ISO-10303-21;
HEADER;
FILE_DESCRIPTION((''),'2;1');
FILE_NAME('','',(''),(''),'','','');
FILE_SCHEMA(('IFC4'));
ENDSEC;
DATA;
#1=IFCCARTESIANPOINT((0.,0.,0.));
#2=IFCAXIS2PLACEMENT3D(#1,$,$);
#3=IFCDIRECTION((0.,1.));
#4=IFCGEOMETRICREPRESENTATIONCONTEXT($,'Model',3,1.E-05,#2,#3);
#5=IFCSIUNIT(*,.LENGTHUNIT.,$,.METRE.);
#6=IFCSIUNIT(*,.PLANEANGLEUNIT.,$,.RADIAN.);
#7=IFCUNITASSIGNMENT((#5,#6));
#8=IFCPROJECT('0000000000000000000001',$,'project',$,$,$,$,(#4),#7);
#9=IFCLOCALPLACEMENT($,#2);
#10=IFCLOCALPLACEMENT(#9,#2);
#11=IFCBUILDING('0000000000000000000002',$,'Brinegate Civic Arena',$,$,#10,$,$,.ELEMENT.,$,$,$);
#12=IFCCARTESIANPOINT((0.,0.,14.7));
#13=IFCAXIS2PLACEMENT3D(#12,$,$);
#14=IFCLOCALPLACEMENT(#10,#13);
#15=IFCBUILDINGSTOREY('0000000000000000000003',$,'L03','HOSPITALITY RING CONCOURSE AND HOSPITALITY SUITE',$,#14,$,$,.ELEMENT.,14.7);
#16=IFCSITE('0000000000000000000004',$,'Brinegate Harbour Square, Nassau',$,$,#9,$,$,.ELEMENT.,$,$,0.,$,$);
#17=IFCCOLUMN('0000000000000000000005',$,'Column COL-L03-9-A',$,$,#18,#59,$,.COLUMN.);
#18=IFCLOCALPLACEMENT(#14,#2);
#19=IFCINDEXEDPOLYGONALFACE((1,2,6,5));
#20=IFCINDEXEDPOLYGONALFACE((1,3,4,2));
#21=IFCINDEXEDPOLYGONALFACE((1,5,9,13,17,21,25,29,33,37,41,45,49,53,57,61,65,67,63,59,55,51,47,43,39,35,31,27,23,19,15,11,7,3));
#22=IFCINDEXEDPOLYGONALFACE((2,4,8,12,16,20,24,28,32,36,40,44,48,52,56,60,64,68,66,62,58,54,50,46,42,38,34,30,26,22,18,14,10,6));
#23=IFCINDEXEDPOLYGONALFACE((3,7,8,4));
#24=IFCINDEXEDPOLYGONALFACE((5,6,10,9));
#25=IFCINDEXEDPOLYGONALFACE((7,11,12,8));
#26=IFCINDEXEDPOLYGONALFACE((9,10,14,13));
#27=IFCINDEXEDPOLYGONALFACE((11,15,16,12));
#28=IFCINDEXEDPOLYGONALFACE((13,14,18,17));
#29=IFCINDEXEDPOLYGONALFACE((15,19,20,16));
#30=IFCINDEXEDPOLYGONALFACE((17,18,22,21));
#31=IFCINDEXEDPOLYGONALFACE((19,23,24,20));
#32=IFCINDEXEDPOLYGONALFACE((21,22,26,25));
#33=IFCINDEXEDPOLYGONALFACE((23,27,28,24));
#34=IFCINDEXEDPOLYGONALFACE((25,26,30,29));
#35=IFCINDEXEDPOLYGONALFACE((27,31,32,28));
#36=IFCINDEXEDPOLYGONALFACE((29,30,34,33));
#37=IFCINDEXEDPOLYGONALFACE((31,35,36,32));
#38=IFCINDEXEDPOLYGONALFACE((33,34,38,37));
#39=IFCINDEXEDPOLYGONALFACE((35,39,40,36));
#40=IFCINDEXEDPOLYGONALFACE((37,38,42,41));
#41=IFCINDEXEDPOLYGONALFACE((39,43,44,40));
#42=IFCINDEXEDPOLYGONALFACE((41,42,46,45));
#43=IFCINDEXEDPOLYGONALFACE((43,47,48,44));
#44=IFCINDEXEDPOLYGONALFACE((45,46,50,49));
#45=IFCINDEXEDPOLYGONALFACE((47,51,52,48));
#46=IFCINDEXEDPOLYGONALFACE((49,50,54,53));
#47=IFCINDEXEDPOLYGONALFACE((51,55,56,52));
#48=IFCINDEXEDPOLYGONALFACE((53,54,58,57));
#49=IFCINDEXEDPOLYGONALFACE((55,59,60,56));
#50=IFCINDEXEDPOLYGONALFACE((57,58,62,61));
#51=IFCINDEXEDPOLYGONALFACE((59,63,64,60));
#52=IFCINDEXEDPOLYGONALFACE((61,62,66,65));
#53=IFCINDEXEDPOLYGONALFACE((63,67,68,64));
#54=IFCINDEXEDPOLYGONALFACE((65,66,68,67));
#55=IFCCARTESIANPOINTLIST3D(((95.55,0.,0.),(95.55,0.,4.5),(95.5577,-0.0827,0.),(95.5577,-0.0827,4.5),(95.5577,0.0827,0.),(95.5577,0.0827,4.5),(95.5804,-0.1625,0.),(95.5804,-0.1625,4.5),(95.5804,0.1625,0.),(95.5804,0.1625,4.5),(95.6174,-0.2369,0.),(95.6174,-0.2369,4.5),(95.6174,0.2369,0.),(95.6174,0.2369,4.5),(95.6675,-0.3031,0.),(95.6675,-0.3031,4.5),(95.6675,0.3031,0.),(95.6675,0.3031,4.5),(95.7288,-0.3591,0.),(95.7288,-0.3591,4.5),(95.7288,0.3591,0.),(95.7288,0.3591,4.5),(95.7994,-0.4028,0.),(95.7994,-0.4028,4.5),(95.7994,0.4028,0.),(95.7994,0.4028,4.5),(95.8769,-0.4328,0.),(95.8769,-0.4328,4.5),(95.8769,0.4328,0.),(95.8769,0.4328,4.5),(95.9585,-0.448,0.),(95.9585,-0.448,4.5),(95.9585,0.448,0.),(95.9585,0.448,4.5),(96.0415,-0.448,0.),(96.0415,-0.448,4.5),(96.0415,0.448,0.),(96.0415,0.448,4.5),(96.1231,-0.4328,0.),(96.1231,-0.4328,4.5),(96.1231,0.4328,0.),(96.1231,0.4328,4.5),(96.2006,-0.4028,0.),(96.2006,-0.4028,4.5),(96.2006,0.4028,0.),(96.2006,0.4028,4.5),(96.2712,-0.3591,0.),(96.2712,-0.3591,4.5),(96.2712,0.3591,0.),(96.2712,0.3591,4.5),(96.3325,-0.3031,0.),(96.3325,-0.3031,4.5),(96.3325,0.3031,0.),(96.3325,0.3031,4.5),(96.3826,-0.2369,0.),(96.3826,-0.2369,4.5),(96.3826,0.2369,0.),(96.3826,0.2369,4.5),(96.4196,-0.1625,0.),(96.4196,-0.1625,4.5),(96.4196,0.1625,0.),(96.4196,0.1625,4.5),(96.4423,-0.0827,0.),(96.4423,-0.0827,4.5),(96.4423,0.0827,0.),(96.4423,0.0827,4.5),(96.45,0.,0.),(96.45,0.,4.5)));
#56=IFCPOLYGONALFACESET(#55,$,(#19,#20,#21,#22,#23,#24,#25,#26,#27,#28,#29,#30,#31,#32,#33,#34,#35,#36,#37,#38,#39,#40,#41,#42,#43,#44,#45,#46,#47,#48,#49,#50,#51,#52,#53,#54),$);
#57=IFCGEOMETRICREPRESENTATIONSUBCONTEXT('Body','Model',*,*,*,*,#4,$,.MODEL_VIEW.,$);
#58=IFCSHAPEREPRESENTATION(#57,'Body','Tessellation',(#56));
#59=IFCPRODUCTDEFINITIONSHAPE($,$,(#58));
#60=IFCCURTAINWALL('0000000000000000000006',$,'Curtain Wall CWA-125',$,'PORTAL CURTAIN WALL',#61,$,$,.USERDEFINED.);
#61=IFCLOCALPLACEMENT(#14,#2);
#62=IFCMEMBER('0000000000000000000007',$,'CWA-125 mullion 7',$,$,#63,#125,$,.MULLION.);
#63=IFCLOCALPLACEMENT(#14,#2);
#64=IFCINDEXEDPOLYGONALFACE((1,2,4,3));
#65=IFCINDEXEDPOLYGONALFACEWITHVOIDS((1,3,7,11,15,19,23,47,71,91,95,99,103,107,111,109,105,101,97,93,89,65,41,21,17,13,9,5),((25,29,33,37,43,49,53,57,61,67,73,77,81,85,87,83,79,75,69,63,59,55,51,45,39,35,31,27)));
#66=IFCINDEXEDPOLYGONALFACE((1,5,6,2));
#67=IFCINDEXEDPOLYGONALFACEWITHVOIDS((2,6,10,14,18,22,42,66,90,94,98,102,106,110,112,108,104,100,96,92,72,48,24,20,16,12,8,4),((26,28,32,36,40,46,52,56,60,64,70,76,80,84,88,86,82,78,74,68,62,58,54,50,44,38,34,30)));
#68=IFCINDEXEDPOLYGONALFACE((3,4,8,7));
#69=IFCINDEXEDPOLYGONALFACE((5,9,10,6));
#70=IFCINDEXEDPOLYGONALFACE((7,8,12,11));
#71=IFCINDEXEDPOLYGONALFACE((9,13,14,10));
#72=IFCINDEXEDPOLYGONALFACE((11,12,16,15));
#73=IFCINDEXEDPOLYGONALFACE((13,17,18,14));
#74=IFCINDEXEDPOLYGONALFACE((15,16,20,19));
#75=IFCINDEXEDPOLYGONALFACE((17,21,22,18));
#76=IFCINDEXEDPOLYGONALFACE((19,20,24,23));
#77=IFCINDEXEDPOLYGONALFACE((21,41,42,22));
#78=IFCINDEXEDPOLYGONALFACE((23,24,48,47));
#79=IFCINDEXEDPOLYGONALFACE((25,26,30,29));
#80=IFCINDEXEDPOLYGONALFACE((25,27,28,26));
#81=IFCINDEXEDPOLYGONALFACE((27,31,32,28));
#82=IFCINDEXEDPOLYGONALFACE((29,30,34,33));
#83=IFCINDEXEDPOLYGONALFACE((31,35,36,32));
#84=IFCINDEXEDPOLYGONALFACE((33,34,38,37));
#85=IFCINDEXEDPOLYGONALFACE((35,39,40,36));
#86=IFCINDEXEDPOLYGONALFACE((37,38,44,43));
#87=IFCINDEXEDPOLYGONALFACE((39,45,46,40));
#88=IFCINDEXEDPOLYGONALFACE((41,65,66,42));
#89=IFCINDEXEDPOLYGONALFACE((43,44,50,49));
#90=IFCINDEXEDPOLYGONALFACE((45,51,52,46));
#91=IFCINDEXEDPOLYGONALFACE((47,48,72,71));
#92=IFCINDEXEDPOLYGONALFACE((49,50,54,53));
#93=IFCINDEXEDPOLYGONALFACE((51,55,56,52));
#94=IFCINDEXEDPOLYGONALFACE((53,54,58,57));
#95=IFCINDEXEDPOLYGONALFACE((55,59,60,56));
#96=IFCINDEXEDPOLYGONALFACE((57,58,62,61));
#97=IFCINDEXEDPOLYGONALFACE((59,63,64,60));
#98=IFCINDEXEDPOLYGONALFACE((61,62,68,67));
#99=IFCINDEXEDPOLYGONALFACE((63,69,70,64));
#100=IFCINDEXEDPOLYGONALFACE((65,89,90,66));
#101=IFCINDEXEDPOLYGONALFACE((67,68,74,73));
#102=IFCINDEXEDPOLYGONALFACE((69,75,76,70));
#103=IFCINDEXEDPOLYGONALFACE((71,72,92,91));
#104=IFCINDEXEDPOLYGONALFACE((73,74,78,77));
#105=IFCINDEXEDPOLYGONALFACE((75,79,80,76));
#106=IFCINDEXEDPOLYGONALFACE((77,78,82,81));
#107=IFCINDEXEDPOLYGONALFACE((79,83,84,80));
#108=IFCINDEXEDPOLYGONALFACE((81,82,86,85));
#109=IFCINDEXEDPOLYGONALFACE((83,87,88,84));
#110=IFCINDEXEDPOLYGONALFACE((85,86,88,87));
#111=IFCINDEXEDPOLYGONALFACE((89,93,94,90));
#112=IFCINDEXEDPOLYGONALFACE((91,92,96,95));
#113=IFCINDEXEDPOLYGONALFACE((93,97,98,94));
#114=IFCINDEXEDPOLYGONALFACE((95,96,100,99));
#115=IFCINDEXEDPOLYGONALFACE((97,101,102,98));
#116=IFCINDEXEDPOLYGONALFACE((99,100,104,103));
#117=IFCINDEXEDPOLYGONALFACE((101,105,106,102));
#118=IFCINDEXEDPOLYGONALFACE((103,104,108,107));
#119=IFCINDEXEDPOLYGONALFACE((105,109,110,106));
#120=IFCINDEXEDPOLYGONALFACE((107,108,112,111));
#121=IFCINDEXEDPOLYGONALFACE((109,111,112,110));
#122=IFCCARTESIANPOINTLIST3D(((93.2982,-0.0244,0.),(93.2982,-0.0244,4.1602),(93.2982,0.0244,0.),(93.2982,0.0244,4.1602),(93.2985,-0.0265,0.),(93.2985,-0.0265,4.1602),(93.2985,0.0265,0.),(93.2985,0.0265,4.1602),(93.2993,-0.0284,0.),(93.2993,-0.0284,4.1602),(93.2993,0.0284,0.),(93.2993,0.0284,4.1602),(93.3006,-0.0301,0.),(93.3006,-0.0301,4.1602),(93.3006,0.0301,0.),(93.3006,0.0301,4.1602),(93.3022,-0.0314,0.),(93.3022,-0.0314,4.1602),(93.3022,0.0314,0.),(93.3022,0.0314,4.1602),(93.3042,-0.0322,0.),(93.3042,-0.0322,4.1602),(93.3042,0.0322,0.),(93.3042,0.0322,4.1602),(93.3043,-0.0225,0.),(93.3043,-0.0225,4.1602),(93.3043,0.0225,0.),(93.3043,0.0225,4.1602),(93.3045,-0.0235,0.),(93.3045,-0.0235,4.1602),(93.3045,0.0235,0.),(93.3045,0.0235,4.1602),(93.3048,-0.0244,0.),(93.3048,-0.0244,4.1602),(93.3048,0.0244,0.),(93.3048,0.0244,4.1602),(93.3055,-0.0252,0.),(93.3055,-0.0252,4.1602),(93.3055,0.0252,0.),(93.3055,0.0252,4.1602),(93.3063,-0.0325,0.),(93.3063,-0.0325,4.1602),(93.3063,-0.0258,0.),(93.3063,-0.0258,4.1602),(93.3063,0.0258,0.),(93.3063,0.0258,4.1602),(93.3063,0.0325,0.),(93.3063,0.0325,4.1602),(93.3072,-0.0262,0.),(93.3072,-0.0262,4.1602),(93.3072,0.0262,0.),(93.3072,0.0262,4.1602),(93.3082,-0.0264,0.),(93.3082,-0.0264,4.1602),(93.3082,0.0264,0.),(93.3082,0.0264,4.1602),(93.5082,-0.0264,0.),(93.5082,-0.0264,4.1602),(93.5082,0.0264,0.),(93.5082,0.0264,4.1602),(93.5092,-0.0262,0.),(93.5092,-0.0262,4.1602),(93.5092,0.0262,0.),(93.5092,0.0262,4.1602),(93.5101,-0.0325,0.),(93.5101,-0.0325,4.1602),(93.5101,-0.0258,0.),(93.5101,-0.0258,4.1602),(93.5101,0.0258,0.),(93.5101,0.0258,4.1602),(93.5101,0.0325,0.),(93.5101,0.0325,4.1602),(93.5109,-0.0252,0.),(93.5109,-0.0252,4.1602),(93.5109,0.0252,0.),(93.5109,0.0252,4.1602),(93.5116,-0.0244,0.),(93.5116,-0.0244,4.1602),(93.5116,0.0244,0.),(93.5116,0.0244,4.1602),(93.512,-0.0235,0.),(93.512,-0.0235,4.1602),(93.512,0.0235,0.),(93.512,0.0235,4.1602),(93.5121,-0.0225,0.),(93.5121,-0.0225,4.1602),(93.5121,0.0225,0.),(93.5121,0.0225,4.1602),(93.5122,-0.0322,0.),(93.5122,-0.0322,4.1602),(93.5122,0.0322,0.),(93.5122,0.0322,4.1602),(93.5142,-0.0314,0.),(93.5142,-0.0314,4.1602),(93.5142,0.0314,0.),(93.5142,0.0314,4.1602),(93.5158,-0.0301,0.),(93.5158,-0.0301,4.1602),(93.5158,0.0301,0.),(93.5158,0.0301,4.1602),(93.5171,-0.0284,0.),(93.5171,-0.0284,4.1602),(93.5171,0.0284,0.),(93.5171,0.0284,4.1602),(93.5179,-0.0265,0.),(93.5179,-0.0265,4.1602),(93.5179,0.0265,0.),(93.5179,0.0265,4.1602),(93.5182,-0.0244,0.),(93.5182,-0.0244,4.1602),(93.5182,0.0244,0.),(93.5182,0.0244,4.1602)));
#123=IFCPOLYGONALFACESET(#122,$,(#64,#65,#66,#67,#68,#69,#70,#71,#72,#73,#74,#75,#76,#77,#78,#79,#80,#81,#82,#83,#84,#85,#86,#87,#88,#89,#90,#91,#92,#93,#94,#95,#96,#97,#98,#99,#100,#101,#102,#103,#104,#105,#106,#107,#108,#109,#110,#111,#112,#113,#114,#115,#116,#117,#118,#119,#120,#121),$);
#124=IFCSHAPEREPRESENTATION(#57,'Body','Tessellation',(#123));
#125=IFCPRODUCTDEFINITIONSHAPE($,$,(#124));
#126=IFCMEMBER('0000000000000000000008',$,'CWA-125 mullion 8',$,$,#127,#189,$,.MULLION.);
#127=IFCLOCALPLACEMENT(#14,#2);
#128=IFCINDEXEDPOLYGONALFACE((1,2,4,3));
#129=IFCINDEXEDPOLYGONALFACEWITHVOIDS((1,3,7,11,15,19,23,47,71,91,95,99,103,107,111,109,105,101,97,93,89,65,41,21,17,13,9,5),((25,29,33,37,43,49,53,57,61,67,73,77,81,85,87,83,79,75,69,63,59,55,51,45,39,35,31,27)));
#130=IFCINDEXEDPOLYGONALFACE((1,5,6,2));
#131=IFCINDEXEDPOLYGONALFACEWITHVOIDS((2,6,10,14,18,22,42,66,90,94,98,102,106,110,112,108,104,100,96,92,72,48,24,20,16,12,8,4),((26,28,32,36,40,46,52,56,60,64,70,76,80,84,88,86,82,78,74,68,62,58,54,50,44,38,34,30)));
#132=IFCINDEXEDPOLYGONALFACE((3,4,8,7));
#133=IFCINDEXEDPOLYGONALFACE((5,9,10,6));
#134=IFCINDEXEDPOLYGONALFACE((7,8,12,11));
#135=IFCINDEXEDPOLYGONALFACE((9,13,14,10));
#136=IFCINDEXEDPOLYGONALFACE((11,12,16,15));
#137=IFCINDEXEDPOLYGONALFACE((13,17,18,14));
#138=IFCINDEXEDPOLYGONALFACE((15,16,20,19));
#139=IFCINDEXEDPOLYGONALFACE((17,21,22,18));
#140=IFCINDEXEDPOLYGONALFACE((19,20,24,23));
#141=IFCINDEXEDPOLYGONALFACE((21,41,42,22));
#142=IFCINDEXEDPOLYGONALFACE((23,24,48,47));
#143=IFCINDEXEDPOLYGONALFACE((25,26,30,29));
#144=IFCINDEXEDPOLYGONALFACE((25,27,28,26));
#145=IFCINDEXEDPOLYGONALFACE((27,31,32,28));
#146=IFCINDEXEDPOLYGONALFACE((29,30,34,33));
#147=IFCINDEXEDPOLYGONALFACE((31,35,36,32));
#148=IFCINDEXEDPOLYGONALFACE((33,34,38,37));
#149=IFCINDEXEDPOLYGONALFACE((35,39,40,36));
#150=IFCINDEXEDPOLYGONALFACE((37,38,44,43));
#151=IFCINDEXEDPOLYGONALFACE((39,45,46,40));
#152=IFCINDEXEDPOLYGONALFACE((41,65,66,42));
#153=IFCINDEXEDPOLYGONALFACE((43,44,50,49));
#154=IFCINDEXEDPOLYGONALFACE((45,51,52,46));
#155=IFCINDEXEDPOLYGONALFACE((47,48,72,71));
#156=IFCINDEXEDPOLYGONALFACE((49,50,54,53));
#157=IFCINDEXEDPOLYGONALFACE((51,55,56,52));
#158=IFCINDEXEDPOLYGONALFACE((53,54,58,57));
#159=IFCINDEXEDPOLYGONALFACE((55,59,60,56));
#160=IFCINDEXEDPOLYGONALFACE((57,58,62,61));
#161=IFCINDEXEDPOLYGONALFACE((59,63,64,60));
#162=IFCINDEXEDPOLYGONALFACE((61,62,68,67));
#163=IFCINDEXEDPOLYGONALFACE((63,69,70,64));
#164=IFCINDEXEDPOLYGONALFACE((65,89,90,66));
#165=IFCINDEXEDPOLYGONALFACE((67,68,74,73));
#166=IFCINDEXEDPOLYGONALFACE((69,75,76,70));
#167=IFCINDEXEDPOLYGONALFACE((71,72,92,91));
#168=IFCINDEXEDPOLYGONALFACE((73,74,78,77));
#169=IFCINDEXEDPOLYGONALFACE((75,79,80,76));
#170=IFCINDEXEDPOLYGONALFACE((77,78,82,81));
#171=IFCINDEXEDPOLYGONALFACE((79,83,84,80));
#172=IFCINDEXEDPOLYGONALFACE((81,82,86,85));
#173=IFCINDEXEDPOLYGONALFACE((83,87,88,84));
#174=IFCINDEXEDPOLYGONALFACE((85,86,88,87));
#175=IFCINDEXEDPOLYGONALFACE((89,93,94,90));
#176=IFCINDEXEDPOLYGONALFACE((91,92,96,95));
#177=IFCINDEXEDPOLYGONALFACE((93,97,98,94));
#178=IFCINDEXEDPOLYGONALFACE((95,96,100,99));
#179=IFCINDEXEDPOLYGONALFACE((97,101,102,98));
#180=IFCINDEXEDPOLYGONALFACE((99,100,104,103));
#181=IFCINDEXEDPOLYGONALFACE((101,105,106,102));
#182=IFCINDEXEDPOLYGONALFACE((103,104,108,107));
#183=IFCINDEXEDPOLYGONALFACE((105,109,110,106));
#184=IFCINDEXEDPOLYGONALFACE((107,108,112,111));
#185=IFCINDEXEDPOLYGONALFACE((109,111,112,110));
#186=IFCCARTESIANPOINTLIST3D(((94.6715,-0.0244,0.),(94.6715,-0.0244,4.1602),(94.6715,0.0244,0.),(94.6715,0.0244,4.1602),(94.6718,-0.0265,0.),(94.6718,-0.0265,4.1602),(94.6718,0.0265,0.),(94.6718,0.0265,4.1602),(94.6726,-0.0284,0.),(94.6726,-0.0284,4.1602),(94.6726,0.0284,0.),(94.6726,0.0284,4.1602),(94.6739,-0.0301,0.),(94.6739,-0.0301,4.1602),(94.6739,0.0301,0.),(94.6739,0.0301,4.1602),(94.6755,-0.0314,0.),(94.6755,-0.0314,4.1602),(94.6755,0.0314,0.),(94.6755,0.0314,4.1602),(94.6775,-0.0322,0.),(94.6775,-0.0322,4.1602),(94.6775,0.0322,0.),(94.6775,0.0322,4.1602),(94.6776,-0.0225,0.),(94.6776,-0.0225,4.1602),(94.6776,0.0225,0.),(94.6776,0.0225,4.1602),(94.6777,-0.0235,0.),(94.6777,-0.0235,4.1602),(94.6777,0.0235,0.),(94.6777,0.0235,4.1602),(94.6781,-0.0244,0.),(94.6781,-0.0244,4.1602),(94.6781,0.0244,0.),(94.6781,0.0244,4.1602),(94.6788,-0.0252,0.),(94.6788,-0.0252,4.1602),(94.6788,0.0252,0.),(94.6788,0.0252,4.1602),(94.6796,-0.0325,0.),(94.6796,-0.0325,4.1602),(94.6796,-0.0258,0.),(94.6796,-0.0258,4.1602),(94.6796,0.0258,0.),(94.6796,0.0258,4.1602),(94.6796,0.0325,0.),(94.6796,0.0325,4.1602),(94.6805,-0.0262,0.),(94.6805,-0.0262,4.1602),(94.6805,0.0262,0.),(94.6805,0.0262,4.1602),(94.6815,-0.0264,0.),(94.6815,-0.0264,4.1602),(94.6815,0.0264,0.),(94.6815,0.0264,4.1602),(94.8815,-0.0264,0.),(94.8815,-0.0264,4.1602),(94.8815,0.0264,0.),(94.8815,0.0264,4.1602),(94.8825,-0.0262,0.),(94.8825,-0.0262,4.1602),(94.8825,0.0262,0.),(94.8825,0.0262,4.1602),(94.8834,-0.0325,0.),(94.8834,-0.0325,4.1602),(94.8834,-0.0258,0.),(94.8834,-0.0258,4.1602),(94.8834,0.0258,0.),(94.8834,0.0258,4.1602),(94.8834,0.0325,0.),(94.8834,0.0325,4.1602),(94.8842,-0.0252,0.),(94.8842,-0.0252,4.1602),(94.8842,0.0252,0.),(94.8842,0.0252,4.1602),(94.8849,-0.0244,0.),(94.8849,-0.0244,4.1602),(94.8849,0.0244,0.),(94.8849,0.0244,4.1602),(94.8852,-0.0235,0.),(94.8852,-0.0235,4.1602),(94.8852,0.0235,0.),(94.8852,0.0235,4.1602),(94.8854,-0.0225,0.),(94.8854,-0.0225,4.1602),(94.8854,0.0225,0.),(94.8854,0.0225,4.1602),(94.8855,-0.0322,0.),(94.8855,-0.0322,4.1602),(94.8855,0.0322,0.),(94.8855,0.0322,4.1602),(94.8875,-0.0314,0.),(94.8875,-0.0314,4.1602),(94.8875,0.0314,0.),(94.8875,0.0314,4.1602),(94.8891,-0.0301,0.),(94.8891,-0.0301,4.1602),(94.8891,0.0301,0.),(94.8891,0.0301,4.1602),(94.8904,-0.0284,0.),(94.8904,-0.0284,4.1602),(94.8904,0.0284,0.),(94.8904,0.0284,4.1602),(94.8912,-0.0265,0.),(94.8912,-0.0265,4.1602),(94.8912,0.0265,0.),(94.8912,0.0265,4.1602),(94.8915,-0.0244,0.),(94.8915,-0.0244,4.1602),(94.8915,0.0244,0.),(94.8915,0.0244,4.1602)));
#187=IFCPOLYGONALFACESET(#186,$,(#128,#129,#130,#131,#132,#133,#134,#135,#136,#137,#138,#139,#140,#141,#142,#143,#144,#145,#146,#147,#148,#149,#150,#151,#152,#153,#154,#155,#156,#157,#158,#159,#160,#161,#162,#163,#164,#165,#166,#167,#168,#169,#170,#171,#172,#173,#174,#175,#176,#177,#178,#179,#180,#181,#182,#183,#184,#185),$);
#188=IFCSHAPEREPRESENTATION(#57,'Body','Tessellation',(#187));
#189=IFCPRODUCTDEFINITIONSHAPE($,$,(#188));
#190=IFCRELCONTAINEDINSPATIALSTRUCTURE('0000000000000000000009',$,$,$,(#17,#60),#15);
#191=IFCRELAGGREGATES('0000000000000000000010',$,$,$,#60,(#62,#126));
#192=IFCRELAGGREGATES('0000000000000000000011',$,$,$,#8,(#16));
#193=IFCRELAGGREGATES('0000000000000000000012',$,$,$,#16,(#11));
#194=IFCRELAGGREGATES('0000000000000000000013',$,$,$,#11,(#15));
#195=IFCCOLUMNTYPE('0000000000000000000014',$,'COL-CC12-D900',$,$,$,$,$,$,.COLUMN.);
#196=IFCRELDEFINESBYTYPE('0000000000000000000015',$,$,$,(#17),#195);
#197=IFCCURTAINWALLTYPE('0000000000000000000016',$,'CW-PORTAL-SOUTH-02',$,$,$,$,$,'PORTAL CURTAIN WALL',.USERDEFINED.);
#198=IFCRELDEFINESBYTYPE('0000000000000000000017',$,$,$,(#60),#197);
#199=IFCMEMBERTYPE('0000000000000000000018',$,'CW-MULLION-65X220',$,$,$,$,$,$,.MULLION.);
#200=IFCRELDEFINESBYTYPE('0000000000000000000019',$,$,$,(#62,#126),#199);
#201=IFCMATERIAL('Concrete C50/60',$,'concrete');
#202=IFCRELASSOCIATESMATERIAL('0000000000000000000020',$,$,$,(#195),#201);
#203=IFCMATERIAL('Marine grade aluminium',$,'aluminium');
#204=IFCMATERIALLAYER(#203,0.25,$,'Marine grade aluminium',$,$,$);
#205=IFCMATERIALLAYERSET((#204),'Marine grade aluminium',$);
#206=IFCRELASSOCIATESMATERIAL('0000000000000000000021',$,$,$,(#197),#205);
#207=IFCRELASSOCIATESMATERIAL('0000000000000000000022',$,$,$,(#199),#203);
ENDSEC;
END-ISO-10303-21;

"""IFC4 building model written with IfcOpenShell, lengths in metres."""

from ifc_helpers import new_model, si_unit, direction, frame, origin, origin_2d, place, context, subcontext, project, spatial, hollow_rectangle, circle, extrude, material, layer, layer_set, material_profile, profile_set, type_object, element, aggregate, save


model = new_model("IFC4")

# Units and contexts
model_context = context("Model", 3, precision=1e-05, world=origin(), true_north=direction((0.0, 1.0)))
body_context = subcontext(model_context, "Body", "Model", "MODEL_VIEW")
ifc_project = project(units=[si_unit("LENGTHUNIT", "METRE"), si_unit("PLANEANGLEUNIT", "RADIAN")], contexts=[model_context])

# Site, building, storey
site_placement = place(None, origin())
site = spatial("IfcSite", under=ifc_project, at=site_placement, Name="Brinegate Harbour Square, Nassau", CompositionType="ELEMENT", RefElevation=0.0)
building_placement = place(site_placement, origin())
building = spatial("IfcBuilding", under=site, at=building_placement, Name="Brinegate Civic Arena", CompositionType="ELEMENT")
storey_placement = place(building_placement, frame((0.0, 0.0, 14.7)))
storey = spatial("IfcBuildingStorey", under=building, at=storey_placement, Name="L03", Description="HOSPITALITY RING CONCOURSE AND HOSPITALITY SUITE", CompositionType="ELEMENT", Elevation=14.7)

# Column
ifc_material_1 = material(Name="Concrete C50/60", Category="concrete")
ifc_material_profile_1 = material_profile(ifc_material_1, circle(Radius=0.45, at=origin_2d()), Name="RCD900")
ifc_profile_set_1 = profile_set([ifc_material_profile_1], Name="Concrete C50/60")
column_type = type_object("IfcColumnType", Name="COL-CC12-D900", PredefinedType="COLUMN", material=ifc_profile_set_1)
column_placement = place(storey_placement, frame((96.0, 0.0, 0.0), z_axis=(0.0, 0.0, 1.0), x_axis=(1.0, 0.0, 0.0)))
element("IfcColumn", 1, at=column_placement, inside=storey, type_object=column_type, Name="Column COL-L03-9-A", PredefinedType="COLUMN", context=body_context, shape_type="SweptSolid", body=[
    extrude(circle(Radius=0.45, at=origin_2d()), origin(), (0.0, 0.0, 1.0), 4.5),
])

# Curtain wall, members
ifc_material_2 = material(Name="Marine grade aluminium", Category="aluminium")
ifc_layer_1 = layer(ifc_material_2, 0.25, Name="Marine grade aluminium")
ifc_layer_set_1 = layer_set([ifc_layer_1], Name="Marine grade aluminium")
curtain_wall_type = type_object("IfcCurtainWallType", Name="CW-PORTAL-SOUTH-02", ElementType="PORTAL CURTAIN WALL", PredefinedType="USERDEFINED", material=ifc_layer_set_1)
curtain_wall_1_placement = place(storey_placement, origin())
curtain_wall_1 = element("IfcCurtainWall", 2, at=curtain_wall_1_placement, inside=storey, type_object=curtain_wall_type, Name="Curtain Wall CWA-125", ObjectType="PORTAL CURTAIN WALL", PredefinedType="USERDEFINED")
ifc_material_profile_2 = material_profile(ifc_material_2, hollow_rectangle(XDim=0.0649, YDim=0.22, WallThickness=0.0061, InnerFilletRadius=0.0039, OuterFilletRadius=0.0081, at=origin_2d()), Name="MUL65X220")
ifc_profile_set_2 = profile_set([ifc_material_profile_2], Name="Marine grade aluminium")
member_type_1 = type_object("IfcMemberType", Name="CW-MULLION-65X220", PredefinedType="MULLION", material=ifc_profile_set_2)
member_1_placement = place(storey_placement, frame((93.4082, 0.0, 0.0), z_axis=(0.0, 0.0, 1.0), x_axis=(0.0, 1.0, 0.0)))
member_1 = element("IfcMember", 3, at=member_1_placement, type_object=member_type_1, Name="CWA-125 mullion 7", PredefinedType="MULLION", context=body_context, shape_type="SweptSolid", body=[
    extrude(hollow_rectangle(XDim=0.0649, YDim=0.22, WallThickness=0.0061, InnerFilletRadius=0.0039, OuterFilletRadius=0.0081, at=origin_2d()), origin(), (0.0, 0.0, 1.0), 4.1602),
])
member_2_placement = place(storey_placement, frame((94.7815, 0.0, 0.0), z_axis=(0.0, 0.0, 1.0), x_axis=(0.0, 1.0, 0.0)))
member_2 = element("IfcMember", 4, at=member_2_placement, type_object=member_type_1, Name="CWA-125 mullion 8", PredefinedType="MULLION", context=body_context, shape_type="SweptSolid", body=[
    extrude(hollow_rectangle(XDim=0.0649, YDim=0.22, WallThickness=0.0061, InnerFilletRadius=0.0039, OuterFilletRadius=0.0081, at=origin_2d()), origin(), (0.0, 0.0, 1.0), 4.1602),
])

aggregate(curtain_wall_1, [member_1, member_2])

save(model, "model.ifc")
